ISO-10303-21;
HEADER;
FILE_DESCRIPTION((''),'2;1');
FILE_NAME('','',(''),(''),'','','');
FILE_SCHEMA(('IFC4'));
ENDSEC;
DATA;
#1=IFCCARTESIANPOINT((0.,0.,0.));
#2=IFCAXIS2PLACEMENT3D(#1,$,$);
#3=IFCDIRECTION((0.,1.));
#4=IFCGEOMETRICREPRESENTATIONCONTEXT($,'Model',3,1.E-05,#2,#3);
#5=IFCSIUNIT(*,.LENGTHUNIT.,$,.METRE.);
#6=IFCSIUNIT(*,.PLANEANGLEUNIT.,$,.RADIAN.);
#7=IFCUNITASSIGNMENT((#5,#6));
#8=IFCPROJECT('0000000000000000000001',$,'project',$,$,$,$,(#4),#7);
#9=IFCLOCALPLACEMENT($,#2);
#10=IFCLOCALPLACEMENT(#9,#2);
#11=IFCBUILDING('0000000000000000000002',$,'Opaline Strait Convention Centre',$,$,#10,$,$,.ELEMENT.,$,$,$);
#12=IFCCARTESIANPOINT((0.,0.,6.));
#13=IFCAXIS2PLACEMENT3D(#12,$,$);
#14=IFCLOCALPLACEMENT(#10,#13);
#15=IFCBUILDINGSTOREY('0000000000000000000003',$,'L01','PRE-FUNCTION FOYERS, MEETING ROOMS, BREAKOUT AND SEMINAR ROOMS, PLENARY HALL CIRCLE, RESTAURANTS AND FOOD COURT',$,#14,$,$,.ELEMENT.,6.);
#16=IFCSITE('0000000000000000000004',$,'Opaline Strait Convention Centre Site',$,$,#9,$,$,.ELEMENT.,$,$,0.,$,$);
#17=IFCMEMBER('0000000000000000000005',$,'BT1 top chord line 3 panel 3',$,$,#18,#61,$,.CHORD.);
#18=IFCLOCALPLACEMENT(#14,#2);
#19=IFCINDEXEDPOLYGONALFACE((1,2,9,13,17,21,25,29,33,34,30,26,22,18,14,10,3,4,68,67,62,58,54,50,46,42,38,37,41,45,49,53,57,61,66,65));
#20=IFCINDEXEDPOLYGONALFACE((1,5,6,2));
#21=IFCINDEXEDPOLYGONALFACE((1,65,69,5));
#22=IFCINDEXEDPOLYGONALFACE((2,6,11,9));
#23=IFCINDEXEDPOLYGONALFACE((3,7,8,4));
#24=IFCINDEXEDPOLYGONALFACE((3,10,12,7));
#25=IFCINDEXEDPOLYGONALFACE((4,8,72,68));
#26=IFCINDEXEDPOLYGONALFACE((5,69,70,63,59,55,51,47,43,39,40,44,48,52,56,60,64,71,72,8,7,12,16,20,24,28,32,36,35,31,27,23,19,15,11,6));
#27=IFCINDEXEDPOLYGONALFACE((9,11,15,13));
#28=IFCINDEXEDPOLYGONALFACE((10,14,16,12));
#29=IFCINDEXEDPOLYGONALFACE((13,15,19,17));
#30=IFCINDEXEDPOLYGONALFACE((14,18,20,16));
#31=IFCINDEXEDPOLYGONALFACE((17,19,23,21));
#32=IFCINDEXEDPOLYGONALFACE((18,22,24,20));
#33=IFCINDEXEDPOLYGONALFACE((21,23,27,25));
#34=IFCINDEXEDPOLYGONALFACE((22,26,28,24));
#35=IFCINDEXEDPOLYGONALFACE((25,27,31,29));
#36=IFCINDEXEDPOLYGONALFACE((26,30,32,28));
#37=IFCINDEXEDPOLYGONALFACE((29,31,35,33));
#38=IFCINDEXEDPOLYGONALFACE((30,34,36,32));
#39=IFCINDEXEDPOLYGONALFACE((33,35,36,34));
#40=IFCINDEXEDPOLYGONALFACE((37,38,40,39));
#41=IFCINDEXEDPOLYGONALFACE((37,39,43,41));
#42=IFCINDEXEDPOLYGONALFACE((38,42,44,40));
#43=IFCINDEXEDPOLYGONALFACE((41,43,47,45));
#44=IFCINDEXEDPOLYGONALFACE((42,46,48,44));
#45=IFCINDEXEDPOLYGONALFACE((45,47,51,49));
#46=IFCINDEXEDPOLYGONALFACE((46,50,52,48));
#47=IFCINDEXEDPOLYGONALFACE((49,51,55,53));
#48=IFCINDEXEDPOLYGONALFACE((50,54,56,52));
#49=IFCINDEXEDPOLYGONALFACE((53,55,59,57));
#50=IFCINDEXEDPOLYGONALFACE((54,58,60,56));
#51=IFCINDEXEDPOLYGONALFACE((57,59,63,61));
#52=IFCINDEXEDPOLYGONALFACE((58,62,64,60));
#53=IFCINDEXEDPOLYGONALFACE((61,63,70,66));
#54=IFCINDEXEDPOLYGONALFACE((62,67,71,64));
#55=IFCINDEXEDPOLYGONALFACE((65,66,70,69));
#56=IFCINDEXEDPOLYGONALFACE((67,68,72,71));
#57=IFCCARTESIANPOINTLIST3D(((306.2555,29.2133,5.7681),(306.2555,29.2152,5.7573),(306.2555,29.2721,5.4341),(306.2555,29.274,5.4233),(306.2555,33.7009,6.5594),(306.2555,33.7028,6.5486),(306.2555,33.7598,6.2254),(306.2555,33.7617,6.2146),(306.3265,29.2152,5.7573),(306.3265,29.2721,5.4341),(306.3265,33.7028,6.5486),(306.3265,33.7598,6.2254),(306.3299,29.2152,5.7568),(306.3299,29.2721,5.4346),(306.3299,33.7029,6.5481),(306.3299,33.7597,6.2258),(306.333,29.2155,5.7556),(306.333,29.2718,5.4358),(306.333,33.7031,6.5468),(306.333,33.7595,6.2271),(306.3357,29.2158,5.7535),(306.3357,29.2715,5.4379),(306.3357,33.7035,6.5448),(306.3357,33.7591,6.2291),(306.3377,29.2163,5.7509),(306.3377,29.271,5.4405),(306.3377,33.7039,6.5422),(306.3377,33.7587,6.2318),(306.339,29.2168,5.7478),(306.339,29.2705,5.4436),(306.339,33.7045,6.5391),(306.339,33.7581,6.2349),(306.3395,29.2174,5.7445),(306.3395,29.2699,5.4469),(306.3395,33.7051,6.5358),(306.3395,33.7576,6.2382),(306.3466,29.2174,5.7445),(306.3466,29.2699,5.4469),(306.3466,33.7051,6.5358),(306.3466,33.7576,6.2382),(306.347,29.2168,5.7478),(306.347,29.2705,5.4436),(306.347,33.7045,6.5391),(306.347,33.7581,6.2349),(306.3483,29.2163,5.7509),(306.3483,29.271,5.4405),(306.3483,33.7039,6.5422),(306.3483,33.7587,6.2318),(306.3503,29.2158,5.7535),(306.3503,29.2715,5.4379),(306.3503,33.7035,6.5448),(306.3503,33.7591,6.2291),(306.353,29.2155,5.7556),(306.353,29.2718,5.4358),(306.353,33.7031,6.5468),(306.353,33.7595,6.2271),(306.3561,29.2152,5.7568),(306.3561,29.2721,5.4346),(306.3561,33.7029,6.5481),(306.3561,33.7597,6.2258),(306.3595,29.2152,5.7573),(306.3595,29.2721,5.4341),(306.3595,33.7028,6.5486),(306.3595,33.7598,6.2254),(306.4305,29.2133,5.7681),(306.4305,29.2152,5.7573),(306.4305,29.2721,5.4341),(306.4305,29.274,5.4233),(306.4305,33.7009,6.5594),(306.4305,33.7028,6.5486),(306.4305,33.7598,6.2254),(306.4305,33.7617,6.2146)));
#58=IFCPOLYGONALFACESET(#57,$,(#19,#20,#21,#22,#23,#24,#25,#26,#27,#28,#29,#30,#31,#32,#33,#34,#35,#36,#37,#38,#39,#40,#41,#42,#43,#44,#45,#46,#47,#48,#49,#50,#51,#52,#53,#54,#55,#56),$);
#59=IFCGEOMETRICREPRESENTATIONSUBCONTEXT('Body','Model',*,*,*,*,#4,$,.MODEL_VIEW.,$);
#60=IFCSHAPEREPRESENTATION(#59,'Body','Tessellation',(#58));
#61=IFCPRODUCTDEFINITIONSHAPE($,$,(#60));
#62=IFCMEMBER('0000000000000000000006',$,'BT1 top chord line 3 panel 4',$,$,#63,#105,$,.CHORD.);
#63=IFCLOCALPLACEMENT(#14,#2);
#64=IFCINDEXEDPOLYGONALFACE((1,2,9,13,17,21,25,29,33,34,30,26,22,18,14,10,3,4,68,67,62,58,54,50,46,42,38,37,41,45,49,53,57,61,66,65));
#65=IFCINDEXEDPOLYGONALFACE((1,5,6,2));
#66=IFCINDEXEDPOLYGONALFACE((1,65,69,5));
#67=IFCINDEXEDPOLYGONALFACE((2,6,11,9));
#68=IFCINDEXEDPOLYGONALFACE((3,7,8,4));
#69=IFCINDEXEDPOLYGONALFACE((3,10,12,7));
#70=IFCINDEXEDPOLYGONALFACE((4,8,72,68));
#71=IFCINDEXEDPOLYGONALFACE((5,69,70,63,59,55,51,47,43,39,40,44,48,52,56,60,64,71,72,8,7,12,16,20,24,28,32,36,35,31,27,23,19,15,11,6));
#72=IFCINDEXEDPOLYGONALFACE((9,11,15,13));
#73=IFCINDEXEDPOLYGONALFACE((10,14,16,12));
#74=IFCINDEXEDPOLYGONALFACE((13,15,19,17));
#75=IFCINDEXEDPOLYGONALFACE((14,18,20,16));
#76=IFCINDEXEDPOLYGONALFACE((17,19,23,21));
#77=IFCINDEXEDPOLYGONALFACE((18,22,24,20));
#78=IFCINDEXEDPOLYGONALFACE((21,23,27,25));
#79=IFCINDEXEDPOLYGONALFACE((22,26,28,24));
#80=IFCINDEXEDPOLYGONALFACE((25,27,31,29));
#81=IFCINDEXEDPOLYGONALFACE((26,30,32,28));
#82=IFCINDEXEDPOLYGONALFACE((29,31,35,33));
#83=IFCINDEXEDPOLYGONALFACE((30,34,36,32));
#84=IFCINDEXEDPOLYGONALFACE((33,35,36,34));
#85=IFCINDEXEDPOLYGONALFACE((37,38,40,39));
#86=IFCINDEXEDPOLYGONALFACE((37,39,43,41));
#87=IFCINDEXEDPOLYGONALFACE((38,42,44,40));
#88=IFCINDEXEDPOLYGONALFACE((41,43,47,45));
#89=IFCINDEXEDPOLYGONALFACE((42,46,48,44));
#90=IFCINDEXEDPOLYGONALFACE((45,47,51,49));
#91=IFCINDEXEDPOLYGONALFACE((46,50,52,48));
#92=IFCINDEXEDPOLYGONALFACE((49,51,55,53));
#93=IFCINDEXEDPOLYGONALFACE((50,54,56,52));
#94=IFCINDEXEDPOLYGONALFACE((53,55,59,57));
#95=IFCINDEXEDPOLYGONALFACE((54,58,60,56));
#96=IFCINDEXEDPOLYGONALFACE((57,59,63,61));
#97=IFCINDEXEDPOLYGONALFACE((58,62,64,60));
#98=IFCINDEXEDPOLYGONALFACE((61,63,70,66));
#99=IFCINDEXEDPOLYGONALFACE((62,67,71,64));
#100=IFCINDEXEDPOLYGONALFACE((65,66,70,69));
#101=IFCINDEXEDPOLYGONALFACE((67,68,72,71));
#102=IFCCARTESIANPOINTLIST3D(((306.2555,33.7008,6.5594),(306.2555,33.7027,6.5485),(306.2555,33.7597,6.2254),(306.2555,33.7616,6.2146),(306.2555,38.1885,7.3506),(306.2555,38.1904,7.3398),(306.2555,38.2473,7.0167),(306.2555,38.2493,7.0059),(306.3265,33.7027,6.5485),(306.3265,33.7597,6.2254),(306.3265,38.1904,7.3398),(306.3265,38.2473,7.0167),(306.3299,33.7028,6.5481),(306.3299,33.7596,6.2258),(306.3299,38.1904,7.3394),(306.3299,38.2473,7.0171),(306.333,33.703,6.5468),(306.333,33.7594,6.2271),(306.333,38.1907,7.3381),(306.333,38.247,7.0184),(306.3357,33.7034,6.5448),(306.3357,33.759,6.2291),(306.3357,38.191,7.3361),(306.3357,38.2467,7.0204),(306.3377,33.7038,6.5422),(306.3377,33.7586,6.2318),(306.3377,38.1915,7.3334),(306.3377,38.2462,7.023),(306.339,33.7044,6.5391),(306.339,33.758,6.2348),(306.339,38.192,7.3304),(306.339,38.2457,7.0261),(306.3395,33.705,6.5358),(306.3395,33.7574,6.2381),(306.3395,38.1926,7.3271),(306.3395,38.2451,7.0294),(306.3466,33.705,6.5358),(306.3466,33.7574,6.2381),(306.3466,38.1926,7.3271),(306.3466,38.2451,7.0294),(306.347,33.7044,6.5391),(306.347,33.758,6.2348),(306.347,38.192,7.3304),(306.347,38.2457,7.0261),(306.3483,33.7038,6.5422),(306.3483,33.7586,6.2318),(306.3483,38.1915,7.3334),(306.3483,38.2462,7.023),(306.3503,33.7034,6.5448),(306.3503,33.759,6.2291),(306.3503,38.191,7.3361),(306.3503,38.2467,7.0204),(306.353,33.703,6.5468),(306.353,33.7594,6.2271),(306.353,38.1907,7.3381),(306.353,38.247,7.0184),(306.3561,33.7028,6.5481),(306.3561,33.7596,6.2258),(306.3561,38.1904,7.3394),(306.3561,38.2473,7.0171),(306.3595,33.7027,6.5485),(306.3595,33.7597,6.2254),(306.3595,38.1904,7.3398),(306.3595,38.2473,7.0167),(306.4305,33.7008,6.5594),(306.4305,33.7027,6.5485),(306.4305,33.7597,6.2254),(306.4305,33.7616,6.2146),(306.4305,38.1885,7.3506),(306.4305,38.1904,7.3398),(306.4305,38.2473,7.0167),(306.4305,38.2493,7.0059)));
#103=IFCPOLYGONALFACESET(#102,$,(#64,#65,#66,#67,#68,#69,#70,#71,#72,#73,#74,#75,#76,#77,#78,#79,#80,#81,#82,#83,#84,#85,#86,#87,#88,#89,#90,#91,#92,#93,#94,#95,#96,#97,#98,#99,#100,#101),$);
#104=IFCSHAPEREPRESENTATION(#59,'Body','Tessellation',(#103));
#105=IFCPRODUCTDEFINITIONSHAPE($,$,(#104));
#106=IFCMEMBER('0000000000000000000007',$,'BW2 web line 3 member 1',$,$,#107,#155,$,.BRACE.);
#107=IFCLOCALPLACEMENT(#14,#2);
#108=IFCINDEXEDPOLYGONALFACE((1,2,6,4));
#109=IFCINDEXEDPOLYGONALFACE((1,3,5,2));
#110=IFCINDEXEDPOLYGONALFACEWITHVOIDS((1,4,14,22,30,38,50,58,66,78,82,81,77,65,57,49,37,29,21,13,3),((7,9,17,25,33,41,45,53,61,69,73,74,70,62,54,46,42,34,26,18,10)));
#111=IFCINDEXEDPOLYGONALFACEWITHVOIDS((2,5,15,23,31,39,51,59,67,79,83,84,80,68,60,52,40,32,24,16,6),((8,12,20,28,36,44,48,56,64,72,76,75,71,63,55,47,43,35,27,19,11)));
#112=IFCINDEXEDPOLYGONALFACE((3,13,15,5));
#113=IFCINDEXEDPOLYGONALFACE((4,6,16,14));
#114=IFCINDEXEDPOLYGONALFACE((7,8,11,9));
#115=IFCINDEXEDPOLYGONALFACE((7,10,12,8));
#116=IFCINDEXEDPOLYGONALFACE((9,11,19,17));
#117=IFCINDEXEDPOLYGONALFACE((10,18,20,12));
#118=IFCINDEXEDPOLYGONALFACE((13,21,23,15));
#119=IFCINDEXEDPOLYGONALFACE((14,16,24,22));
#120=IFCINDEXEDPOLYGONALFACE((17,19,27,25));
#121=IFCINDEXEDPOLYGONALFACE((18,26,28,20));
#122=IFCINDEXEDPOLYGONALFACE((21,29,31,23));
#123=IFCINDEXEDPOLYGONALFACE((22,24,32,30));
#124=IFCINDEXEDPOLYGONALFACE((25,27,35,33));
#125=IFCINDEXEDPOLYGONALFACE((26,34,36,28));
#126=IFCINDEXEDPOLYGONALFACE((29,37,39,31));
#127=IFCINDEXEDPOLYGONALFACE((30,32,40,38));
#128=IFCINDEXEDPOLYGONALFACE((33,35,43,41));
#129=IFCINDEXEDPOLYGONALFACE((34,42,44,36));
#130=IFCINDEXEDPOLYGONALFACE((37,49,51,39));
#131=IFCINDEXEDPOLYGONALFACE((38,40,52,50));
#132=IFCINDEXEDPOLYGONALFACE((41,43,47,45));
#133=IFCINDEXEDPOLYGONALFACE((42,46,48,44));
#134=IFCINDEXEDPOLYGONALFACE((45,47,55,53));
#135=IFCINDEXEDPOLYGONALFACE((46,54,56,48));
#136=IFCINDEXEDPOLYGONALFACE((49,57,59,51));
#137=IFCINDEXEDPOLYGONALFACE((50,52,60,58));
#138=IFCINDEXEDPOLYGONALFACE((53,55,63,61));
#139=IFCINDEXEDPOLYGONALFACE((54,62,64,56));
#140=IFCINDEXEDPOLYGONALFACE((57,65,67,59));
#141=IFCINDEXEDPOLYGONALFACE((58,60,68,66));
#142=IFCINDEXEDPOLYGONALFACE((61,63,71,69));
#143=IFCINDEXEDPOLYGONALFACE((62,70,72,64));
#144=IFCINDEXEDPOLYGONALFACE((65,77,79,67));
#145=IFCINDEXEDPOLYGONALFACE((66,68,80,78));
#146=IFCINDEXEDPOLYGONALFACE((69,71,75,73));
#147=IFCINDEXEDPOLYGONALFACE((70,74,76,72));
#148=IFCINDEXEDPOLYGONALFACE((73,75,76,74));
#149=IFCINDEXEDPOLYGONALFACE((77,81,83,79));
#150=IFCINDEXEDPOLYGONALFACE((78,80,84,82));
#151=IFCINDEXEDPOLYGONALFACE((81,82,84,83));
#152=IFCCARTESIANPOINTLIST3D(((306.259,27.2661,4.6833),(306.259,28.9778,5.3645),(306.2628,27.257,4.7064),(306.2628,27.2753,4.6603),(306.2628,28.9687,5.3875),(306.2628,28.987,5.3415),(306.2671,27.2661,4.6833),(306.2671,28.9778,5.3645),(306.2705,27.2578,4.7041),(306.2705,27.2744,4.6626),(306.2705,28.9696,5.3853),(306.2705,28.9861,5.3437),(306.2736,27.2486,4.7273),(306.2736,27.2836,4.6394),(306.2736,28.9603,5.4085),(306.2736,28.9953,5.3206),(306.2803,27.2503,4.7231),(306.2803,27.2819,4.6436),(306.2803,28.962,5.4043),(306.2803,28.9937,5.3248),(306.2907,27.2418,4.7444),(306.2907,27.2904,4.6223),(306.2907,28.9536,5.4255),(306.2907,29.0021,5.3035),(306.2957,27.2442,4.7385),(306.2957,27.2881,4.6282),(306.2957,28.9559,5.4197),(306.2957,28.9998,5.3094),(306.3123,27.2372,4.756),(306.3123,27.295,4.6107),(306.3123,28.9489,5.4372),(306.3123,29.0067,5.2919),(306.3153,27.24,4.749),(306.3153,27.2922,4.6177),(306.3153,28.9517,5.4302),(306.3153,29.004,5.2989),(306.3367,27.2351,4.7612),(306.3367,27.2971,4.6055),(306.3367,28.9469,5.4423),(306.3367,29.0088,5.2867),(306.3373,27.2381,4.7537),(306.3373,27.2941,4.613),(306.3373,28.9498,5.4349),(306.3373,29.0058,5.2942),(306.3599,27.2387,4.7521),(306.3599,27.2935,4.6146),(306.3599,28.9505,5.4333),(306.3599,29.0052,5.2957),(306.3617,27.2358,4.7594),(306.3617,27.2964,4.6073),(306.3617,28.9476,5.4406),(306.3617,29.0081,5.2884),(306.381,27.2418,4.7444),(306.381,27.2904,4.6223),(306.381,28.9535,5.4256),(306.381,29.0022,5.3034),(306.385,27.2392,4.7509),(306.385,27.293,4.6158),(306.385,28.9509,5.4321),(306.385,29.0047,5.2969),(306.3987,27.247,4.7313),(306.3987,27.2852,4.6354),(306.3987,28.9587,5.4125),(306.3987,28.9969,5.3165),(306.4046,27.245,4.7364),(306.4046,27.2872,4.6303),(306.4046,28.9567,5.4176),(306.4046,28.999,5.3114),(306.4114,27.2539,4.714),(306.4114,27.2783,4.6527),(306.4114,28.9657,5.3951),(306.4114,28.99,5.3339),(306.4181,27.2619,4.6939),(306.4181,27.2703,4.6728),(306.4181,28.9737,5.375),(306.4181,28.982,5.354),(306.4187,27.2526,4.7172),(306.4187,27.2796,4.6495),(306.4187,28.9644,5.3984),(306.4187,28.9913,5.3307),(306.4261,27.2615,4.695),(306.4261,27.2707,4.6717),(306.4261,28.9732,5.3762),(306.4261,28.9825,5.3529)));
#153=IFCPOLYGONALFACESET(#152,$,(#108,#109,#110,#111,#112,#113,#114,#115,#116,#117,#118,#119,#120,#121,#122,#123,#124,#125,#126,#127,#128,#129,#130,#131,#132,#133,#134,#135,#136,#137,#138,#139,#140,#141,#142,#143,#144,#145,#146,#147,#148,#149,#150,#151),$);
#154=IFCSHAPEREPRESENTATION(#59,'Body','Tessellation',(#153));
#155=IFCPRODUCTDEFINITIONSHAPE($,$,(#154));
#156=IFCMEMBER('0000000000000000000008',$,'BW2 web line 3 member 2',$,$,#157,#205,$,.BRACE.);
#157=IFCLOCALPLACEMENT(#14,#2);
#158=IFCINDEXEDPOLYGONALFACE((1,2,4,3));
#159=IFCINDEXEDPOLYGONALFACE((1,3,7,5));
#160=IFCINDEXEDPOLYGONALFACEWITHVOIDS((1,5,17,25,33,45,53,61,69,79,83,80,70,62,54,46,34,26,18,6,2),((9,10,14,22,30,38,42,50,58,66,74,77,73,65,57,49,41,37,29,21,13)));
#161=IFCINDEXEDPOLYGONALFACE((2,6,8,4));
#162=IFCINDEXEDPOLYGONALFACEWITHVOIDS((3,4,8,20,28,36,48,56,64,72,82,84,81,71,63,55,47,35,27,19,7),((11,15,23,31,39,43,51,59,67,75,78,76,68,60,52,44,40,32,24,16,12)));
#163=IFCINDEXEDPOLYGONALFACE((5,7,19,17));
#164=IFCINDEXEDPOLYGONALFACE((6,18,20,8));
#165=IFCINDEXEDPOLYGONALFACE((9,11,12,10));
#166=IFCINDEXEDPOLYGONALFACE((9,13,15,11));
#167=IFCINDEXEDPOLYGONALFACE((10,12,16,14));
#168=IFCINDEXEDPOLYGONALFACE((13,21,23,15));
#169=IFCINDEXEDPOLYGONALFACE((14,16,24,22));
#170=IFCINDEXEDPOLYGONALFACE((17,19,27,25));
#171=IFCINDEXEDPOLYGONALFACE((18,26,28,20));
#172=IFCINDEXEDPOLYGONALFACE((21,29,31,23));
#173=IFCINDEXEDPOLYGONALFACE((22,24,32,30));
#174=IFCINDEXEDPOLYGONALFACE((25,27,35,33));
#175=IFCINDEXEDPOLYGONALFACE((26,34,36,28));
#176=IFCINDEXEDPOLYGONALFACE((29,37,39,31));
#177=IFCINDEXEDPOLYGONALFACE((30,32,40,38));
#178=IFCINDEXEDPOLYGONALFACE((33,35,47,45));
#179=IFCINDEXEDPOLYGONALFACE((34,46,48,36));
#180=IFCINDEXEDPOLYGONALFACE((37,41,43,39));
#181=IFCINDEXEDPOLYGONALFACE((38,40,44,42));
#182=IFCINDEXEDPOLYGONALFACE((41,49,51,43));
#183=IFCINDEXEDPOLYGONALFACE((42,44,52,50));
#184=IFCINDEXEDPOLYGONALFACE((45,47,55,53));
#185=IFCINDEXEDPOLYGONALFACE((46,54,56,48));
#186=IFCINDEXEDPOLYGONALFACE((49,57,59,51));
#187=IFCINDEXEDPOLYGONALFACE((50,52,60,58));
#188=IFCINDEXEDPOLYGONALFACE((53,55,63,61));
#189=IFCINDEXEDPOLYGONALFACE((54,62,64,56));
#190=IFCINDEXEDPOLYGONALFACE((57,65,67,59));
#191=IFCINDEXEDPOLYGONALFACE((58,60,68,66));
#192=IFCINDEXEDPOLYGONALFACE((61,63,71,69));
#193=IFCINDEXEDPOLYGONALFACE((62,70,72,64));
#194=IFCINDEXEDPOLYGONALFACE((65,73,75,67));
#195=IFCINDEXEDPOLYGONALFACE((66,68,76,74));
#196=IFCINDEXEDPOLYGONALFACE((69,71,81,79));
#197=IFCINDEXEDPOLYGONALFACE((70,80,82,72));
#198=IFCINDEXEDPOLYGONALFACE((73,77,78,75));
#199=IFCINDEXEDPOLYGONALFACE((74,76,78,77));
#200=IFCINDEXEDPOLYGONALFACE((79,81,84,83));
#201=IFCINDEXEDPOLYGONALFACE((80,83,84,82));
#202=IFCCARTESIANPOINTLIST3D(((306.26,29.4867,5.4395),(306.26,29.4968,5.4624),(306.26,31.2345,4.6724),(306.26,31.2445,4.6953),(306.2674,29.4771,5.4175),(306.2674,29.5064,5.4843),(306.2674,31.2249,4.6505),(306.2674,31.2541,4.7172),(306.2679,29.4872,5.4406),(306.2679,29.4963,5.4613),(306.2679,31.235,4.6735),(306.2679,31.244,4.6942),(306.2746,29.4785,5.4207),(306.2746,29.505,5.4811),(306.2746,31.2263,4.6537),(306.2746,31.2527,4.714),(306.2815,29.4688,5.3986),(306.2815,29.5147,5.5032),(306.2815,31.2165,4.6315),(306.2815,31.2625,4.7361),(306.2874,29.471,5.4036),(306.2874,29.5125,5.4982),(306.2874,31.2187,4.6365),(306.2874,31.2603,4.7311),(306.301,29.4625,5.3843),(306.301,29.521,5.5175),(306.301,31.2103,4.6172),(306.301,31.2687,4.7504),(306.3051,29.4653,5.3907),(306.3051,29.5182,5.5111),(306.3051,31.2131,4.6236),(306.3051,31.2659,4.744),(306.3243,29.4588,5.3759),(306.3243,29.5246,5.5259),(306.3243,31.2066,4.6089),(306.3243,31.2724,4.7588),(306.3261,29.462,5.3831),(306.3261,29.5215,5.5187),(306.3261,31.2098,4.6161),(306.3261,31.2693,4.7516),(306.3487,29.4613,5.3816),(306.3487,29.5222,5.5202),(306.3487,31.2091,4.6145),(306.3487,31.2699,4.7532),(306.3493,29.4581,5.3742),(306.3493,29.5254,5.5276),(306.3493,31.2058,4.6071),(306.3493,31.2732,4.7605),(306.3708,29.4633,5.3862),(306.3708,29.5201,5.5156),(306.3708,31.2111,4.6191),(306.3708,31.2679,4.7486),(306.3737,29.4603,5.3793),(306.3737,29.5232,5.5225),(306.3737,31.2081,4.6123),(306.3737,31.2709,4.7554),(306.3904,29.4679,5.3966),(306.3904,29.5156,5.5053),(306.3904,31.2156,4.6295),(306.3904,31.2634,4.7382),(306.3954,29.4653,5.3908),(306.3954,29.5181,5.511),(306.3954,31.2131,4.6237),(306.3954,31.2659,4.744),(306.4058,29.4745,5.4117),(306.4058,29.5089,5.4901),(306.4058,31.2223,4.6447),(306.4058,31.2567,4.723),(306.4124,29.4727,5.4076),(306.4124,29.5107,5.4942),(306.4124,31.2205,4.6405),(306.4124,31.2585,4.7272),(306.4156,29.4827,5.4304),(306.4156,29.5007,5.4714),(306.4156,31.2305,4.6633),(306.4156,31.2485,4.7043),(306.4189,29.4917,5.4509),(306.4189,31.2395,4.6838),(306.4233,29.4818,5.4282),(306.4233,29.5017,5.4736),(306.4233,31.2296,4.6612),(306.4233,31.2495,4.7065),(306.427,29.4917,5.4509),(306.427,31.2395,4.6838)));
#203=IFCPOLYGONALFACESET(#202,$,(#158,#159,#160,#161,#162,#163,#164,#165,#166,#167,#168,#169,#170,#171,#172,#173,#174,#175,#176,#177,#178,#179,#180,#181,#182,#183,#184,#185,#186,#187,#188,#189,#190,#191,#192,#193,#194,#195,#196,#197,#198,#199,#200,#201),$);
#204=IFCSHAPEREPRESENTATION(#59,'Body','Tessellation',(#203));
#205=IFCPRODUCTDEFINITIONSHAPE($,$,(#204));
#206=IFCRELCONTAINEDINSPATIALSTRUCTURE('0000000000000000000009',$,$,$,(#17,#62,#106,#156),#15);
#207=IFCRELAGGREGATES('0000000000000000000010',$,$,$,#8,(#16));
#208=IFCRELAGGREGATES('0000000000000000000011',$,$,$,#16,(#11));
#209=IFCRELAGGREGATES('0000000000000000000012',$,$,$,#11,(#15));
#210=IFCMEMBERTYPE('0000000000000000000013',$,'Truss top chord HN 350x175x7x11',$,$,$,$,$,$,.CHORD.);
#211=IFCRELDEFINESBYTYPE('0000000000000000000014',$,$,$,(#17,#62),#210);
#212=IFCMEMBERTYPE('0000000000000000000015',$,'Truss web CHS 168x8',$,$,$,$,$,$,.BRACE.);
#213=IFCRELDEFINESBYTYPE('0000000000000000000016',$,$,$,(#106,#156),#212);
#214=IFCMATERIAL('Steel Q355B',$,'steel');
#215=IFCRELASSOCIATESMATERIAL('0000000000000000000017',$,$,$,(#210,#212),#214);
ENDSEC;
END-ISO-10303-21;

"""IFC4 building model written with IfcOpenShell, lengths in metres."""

from ifc_helpers import new_model, si_unit, direction, frame, origin, origin_2d, place, context, subcontext, project, spatial, hollow_circle, i_section, extrude, material, material_profile, profile_set, type_object, element, save


model = new_model("IFC4")

# Units and contexts
model_context = context("Model", 3, precision=1e-05, world=origin(), true_north=direction((0.0, 1.0)))
body_context = subcontext(model_context, "Body", "Model", "MODEL_VIEW")
ifc_project = project(units=[si_unit("LENGTHUNIT", "METRE"), si_unit("PLANEANGLEUNIT", "RADIAN")], contexts=[model_context])

# Site, building, storey
site_placement = place(None, origin())
site = spatial("IfcSite", under=ifc_project, at=site_placement, Name="Opaline Strait Convention Centre Site", CompositionType="ELEMENT", RefElevation=0.0)
building_placement = place(site_placement, origin())
building = spatial("IfcBuilding", under=site, at=building_placement, Name="Opaline Strait Convention Centre", CompositionType="ELEMENT")
storey_placement = place(building_placement, frame((0.0, 0.0, 6.0)))
storey = spatial("IfcBuildingStorey", under=building, at=storey_placement, Name="L01", Description="PRE-FUNCTION FOYERS, MEETING ROOMS, BREAKOUT AND SEMINAR ROOMS, PLENARY HALL CIRCLE, RESTAURANTS AND FOOD COURT", CompositionType="ELEMENT", Elevation=6.0)

# Members
ifc_material_1 = material(Name="Steel Q355B", Category="steel")
ifc_material_profile_1 = material_profile(ifc_material_1, i_section(OverallWidth=0.175, OverallDepth=0.3501, WebThickness=0.0071, FlangeThickness=0.011, FilletRadius=0.0129, at=origin_2d()), Name="HN 350x175x7x11")
ifc_profile_set_1 = profile_set([ifc_material_profile_1], Name="Steel Q355B")
member_type_1 = type_object("IfcMemberType", Name="Truss top chord HN 350x175x7x11", PredefinedType="CHORD", material=ifc_profile_set_1)
for number, where, z_axis, x_axis, name in (
    (1, (306.343, 29.2437, 5.5957), (0.0, 0.984808, 0.173645), (-1.0, 0.0, 0.0), "BT1 top chord line 3 panel 3"),
    (2, (306.343, 33.7312, 6.387), (0.0, 0.984808, 0.173645), (-1.0, 0.0, 0.0), "BT1 top chord line 3 panel 4"),
):
    element("IfcMember", number, at=place(storey_placement, frame(where, z_axis=z_axis, x_axis=x_axis)), inside=storey, type_object=member_type_1, Name=name, PredefinedType="CHORD", context=body_context, shape_type="SweptSolid", body=[
        extrude(i_section(OverallWidth=0.175, OverallDepth=0.3501, WebThickness=0.0071, FlangeThickness=0.011, FilletRadius=0.0129, at=origin_2d()), origin(), (0.0, 0.0, 1.0), 4.5569),
    ])
ifc_material_profile_2 = material_profile(ifc_material_1, hollow_circle(Radius=0.084, WallThickness=0.0081, at=origin_2d()), Name="CHS 168x8")
ifc_profile_set_2 = profile_set([ifc_material_profile_2], Name="Steel Q355B")
member_type_2 = type_object("IfcMemberType", Name="Truss web CHS 168x8", PredefinedType="BRACE", material=ifc_profile_set_2)
member_1_placement = place(storey_placement, frame((306.343, 27.2661, 4.6833), z_axis=(0.0, 0.929133, 0.369745), x_axis=(-1.0, 0.0, 0.0)))
element("IfcMember", 3, at=member_1_placement, inside=storey, type_object=member_type_2, Name="BW2 web line 3 member 1", PredefinedType="BRACE", context=body_context, shape_type="SweptSolid", body=[
    extrude(hollow_circle(Radius=0.084, WallThickness=0.0081, at=origin_2d()), origin(), (0.0, 0.0, 1.0), 1.8423),
])
member_2_placement = place(storey_placement, frame((306.343, 31.2395, 4.6838), z_axis=(0.0, -0.91569, 0.401885), x_axis=(1.0, 0.0, 0.0)))
element("IfcMember", 4, at=member_2_placement, inside=storey, type_object=member_type_2, Name="BW2 web line 3 member 2", PredefinedType="BRACE", context=body_context, shape_type="SweptSolid", body=[
    extrude(hollow_circle(Radius=0.084, WallThickness=0.0081, at=origin_2d()), origin(), (0.0, 0.0, 1.0), 1.9087),
])

save(model, "model.ifc")
